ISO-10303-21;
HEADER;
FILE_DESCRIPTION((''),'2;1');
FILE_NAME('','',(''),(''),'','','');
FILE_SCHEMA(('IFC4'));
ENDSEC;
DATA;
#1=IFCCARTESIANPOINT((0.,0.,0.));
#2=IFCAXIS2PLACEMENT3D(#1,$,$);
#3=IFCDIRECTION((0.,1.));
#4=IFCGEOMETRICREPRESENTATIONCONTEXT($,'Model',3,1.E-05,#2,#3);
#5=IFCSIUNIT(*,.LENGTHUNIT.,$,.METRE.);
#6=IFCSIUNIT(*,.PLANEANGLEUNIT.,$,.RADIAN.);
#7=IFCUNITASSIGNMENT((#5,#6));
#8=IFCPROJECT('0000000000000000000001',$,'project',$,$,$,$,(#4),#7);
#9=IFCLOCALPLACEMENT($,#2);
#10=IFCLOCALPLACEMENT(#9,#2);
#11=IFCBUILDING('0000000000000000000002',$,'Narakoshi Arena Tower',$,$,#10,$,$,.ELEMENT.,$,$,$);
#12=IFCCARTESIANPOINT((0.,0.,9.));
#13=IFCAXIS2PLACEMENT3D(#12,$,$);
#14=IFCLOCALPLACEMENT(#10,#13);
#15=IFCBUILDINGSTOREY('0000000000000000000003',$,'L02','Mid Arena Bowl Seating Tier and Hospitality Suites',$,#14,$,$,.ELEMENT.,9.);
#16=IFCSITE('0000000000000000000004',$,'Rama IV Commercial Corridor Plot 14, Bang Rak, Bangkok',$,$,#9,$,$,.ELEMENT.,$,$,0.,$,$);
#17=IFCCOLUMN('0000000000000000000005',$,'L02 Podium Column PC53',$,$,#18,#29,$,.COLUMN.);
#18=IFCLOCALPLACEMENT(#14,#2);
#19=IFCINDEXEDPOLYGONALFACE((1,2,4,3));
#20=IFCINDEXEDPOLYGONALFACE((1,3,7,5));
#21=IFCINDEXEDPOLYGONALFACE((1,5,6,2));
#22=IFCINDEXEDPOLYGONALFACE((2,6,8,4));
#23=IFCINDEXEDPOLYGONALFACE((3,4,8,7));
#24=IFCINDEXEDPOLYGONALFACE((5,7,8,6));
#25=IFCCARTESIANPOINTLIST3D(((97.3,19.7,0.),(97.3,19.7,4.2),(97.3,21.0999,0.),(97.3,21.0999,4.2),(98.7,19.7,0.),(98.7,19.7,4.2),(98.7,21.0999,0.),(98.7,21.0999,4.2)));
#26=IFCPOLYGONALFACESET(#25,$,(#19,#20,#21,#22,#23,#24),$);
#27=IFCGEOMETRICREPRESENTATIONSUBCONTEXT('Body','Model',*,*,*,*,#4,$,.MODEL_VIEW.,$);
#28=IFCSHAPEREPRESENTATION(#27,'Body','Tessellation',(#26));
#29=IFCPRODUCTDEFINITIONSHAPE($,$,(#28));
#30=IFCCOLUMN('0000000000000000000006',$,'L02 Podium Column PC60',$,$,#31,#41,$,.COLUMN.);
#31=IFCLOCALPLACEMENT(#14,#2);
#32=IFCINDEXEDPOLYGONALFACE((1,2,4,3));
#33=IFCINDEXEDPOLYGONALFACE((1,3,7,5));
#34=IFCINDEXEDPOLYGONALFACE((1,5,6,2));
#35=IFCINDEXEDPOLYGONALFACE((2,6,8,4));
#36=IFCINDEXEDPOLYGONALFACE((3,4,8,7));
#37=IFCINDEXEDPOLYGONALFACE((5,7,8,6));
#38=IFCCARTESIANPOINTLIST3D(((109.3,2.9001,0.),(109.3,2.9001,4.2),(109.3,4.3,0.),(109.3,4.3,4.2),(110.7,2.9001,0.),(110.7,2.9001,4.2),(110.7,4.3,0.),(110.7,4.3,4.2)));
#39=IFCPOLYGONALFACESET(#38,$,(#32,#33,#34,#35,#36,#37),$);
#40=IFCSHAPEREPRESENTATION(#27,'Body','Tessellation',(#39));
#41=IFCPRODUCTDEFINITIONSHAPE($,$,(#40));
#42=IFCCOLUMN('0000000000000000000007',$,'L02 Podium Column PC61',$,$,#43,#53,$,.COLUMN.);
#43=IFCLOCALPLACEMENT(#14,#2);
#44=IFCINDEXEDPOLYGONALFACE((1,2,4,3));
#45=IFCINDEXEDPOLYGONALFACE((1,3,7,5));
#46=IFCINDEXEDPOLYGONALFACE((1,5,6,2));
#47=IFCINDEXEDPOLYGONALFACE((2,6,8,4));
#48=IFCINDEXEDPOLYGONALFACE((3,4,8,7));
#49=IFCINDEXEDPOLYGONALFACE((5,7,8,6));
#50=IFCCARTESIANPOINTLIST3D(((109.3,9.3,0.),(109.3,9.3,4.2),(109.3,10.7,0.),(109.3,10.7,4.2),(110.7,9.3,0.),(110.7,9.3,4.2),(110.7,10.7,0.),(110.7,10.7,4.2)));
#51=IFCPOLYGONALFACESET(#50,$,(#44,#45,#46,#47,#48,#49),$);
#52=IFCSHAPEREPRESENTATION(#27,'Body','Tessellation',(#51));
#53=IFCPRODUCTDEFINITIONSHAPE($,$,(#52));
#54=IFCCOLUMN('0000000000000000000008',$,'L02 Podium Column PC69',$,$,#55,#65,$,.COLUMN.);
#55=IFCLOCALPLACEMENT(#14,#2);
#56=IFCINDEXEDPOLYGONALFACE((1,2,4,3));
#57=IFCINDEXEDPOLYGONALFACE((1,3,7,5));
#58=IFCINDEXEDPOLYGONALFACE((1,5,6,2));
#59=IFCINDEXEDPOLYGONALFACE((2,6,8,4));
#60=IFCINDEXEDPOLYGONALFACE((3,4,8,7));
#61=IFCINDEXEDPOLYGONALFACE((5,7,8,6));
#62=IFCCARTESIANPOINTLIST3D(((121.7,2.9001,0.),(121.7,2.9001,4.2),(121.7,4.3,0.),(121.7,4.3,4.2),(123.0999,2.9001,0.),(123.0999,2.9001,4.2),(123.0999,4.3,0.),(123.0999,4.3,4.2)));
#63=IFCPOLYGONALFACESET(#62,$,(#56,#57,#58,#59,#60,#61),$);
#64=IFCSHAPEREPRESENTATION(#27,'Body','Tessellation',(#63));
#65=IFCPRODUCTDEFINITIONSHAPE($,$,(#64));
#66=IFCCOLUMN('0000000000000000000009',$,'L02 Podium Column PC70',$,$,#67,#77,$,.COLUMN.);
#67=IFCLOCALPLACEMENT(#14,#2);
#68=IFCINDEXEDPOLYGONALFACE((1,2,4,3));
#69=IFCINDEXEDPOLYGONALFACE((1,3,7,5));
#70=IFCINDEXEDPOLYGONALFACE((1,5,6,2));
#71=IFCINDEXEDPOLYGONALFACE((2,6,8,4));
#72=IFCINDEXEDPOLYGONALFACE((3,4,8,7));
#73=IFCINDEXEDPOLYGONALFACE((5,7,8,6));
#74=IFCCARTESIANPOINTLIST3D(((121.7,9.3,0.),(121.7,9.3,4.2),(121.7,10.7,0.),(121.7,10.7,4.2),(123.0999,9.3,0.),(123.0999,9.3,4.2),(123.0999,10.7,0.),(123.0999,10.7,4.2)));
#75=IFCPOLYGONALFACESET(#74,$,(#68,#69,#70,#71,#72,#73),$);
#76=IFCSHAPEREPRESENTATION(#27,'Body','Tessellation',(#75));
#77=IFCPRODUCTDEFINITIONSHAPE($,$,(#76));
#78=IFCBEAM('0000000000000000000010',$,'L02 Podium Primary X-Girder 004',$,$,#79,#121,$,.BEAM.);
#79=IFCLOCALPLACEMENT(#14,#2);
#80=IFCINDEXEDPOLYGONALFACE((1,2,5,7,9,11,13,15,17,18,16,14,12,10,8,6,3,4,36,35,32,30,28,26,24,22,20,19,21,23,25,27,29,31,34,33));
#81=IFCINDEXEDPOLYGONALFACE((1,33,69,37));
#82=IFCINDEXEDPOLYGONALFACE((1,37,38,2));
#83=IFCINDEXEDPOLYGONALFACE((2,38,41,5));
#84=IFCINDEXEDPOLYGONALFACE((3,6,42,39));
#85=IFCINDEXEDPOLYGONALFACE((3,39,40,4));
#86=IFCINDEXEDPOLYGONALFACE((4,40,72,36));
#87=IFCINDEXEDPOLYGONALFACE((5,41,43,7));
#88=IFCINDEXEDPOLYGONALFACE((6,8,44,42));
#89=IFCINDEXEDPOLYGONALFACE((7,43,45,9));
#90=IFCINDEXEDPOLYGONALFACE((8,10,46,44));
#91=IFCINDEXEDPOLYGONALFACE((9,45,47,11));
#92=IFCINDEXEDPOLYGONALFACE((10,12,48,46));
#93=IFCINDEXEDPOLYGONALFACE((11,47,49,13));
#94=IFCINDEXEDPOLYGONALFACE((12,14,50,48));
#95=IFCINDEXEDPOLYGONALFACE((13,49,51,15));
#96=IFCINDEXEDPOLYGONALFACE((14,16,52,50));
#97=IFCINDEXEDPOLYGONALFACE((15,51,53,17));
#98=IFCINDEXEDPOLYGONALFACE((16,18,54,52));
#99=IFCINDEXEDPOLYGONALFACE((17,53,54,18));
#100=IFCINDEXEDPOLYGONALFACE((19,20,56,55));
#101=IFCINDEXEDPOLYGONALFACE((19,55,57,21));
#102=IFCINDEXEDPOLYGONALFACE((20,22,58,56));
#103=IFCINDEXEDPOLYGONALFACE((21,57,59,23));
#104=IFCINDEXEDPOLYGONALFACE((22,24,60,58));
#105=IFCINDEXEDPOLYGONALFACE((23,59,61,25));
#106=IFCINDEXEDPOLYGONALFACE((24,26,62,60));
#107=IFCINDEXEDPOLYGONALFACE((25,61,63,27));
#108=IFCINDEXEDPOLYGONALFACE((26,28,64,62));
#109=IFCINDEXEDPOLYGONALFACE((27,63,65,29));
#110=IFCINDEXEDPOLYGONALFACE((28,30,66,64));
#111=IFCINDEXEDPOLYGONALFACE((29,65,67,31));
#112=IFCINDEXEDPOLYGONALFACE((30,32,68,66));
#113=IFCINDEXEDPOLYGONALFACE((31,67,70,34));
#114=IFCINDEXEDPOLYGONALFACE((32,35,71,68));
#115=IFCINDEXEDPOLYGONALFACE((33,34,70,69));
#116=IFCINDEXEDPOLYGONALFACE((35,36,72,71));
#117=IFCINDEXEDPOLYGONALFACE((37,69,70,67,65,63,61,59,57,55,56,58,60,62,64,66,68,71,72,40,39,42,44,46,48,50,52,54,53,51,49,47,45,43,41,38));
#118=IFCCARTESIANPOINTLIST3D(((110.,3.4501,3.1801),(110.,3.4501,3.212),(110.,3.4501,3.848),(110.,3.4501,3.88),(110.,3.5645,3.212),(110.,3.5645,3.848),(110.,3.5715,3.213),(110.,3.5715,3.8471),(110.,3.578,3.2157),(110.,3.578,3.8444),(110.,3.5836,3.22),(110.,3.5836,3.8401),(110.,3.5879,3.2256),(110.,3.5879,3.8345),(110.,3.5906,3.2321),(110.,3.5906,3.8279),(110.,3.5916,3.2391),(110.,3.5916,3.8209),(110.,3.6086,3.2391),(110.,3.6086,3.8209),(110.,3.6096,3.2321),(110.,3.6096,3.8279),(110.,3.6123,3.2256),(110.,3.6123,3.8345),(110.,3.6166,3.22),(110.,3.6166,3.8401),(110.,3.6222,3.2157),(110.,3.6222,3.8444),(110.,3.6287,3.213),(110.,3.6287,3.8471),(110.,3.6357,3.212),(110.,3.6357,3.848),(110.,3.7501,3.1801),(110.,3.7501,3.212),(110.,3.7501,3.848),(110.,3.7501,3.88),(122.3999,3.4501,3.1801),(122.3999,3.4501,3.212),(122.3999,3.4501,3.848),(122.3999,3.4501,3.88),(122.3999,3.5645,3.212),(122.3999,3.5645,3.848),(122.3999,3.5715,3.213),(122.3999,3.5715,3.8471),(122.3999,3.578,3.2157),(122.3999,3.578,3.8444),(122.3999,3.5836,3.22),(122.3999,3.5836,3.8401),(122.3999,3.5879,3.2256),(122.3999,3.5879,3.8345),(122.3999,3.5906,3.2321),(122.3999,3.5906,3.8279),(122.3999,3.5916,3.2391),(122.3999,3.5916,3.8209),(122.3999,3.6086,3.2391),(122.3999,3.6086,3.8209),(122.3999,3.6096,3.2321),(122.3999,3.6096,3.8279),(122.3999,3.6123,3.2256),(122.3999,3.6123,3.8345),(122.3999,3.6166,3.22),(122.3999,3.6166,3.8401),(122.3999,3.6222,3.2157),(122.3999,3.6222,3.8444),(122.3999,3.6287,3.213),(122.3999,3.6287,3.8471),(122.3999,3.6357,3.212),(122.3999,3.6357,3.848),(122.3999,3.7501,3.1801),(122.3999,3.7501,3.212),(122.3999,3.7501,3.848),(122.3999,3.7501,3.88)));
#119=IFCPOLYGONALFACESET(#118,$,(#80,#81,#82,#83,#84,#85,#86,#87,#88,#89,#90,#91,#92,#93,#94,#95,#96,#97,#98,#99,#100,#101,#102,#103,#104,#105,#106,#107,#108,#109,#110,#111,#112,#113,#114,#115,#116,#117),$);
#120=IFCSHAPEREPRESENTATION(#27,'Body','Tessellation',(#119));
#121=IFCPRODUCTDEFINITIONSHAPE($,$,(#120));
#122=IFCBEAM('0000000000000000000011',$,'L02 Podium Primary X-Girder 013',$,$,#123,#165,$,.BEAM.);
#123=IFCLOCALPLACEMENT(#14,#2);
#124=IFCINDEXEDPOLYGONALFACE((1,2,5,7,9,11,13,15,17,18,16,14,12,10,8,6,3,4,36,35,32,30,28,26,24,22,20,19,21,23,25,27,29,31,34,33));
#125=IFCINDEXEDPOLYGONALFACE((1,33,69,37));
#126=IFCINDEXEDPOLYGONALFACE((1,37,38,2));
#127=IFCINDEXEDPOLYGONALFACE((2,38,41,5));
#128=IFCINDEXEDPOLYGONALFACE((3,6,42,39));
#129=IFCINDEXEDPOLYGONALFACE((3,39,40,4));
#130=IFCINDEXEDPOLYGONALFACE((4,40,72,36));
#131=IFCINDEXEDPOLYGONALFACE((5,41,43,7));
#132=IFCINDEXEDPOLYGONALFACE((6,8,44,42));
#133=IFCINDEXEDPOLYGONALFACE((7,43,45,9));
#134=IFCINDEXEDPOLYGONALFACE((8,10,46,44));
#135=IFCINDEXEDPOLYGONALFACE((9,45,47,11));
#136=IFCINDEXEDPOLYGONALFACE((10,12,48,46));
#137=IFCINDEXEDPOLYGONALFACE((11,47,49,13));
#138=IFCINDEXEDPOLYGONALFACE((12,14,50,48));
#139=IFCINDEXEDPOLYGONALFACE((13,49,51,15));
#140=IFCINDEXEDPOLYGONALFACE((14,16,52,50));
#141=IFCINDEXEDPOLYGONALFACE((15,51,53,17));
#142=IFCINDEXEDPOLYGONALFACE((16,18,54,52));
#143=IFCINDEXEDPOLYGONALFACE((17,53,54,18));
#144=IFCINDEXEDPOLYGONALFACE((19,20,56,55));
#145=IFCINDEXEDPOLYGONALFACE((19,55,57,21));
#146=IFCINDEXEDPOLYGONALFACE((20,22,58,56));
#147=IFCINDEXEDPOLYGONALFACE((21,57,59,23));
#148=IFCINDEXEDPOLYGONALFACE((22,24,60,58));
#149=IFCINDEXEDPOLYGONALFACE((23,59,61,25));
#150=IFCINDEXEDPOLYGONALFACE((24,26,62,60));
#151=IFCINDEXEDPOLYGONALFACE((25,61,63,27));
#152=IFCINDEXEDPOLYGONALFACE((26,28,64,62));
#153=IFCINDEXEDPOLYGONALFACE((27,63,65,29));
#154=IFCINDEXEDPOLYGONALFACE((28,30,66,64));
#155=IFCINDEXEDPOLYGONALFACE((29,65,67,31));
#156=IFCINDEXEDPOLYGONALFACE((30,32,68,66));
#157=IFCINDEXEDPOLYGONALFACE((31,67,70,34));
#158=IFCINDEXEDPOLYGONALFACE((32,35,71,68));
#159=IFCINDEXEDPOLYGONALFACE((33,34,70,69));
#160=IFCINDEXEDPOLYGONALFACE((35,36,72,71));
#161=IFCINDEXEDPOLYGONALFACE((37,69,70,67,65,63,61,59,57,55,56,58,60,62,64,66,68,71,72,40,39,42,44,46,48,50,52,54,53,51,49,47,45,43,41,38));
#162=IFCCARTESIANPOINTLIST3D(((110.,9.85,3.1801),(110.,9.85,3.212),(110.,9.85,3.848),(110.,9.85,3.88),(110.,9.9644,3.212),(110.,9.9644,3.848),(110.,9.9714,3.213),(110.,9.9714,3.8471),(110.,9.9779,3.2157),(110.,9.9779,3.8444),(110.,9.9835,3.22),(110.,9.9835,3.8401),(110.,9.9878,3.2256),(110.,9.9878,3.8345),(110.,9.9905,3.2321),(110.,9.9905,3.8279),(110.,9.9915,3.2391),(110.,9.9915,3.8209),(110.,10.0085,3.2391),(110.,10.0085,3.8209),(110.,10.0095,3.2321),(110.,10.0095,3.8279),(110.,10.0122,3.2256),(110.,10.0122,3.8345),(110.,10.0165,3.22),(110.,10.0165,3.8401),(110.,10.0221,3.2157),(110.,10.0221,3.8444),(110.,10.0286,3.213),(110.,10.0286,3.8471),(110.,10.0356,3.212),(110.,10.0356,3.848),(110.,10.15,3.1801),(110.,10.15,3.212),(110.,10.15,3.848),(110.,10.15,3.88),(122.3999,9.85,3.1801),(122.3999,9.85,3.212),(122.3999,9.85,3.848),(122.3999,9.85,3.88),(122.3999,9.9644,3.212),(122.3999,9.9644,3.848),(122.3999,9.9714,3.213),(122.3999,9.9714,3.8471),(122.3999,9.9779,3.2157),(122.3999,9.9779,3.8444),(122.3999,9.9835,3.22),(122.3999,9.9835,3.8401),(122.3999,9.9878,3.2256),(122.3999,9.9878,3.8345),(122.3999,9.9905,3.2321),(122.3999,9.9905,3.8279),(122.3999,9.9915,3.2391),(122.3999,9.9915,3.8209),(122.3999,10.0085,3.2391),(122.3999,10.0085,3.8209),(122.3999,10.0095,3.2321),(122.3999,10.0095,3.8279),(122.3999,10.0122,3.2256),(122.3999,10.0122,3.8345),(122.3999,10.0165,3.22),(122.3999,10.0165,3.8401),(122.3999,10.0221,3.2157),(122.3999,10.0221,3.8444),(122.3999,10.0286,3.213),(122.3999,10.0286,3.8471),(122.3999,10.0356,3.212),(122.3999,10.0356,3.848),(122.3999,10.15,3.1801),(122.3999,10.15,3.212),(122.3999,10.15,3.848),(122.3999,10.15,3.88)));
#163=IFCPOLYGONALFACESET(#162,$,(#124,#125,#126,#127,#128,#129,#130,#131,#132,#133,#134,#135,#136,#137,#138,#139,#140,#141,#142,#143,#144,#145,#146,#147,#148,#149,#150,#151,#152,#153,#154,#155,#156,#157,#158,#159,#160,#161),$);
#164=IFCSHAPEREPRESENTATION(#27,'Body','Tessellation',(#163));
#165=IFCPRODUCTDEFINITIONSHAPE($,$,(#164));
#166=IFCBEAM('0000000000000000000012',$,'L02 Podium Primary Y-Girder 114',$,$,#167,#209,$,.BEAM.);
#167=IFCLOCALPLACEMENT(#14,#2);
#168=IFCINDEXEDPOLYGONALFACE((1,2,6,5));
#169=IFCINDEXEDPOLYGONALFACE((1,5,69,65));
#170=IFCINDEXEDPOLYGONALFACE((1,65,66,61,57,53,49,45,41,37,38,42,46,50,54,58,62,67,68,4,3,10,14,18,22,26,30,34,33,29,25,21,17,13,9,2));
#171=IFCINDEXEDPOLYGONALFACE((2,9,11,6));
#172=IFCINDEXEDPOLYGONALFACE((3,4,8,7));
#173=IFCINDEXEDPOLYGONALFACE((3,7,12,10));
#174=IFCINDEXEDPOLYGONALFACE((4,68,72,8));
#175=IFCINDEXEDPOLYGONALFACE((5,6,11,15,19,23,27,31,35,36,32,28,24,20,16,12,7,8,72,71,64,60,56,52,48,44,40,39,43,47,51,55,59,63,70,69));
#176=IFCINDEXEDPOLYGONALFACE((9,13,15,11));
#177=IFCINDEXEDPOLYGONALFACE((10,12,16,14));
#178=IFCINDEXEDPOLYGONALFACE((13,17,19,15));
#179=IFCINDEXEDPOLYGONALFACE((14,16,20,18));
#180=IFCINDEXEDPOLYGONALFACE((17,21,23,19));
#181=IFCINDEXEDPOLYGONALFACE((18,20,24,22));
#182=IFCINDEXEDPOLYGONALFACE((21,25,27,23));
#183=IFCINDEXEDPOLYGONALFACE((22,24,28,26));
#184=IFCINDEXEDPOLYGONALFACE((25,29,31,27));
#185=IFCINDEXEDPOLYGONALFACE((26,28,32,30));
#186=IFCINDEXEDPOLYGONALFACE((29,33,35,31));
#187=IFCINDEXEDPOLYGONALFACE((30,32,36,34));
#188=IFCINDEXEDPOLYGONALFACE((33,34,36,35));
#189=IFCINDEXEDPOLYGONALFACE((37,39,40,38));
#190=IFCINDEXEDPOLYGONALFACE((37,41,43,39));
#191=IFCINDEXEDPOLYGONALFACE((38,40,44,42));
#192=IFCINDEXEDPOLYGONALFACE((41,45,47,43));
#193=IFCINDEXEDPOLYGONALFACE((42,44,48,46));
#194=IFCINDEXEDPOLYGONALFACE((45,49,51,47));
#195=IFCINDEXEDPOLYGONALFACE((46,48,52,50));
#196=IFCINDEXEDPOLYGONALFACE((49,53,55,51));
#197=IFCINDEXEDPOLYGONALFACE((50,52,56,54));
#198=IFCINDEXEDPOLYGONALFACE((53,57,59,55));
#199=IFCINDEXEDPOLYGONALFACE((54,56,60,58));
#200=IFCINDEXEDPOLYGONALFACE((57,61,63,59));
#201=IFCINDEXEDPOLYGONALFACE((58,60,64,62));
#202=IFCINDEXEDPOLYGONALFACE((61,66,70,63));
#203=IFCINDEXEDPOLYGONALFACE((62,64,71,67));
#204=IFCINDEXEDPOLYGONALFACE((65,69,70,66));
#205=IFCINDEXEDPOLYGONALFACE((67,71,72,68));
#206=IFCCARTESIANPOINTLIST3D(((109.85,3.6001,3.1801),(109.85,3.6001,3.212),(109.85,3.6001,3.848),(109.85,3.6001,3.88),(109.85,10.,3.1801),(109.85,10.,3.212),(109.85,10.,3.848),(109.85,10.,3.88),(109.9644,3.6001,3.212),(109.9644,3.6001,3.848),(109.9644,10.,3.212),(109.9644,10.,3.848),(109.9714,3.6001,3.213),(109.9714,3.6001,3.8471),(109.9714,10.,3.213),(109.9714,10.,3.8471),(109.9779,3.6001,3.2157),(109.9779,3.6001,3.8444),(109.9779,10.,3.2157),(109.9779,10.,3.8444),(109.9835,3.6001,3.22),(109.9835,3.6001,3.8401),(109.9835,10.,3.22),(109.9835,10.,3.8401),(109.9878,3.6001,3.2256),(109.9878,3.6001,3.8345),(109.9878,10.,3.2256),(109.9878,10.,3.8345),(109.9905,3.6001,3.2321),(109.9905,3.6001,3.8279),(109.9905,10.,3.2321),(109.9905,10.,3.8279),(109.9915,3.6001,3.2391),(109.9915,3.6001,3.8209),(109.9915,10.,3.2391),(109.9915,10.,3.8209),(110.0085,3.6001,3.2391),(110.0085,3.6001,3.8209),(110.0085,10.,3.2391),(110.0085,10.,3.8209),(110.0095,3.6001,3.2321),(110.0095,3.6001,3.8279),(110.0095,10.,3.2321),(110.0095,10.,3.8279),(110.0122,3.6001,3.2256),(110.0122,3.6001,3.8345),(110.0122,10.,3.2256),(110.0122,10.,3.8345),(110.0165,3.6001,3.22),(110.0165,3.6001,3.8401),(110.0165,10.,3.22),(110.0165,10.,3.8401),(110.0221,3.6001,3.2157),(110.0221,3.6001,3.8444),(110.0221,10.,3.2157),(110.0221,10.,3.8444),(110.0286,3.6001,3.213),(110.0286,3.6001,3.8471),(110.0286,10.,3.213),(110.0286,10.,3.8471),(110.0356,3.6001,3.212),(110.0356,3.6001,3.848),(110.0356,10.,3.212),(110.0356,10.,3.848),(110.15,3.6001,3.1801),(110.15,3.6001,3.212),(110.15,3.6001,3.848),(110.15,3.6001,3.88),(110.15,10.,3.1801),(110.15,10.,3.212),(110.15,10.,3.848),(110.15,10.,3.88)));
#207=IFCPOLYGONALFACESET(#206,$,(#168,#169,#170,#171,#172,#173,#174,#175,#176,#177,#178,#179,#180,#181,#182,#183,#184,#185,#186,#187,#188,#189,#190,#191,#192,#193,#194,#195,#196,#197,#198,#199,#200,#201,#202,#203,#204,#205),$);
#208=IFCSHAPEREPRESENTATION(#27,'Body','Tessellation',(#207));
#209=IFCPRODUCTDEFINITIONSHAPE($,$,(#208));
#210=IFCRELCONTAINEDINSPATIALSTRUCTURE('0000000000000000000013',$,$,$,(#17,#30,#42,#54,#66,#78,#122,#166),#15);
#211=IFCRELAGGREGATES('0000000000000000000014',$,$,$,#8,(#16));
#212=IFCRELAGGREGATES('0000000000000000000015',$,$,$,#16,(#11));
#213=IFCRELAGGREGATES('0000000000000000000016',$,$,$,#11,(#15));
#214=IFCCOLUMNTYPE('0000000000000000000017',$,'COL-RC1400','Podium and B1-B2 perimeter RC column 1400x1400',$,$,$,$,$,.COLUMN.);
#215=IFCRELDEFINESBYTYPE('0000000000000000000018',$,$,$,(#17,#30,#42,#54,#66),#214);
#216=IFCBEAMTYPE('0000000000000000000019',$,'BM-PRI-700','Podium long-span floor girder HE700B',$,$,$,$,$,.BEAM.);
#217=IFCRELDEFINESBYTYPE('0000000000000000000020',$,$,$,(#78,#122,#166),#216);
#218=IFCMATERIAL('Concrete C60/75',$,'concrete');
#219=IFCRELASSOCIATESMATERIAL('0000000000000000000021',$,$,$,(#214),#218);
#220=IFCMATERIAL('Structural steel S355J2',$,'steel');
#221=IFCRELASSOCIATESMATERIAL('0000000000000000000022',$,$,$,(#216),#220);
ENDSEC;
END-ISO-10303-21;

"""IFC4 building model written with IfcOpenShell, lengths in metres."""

from ifc_helpers import new_model, si_unit, direction, frame, origin, origin_2d, place, context, subcontext, project, spatial, rectangle, i_section, extrude, material, material_profile, profile_set, type_object, element, save


model = new_model("IFC4")

# Units and contexts
model_context = context("Model", 3, precision=1e-05, world=origin(), true_north=direction((0.0, 1.0)))
body_context = subcontext(model_context, "Body", "Model", "MODEL_VIEW")
ifc_project = project(units=[si_unit("LENGTHUNIT", "METRE"), si_unit("PLANEANGLEUNIT", "RADIAN")], contexts=[model_context])

# Site, building, storey
site_placement = place(None, origin())
site = spatial("IfcSite", under=ifc_project, at=site_placement, Name="Rama IV Commercial Corridor Plot 14, Bang Rak, Bangkok", CompositionType="ELEMENT", RefElevation=0.0)
building_placement = place(site_placement, origin())
building = spatial("IfcBuilding", under=site, at=building_placement, Name="Narakoshi Arena Tower", CompositionType="ELEMENT")
storey_placement = place(building_placement, frame((0.0, 0.0, 9.0)))
storey = spatial("IfcBuildingStorey", under=building, at=storey_placement, Name="L02", Description="Mid Arena Bowl Seating Tier and Hospitality Suites", CompositionType="ELEMENT", Elevation=9.0)

# Columns
ifc_material_1 = material(Name="Concrete C60/75", Category="concrete")
ifc_material_profile_1 = material_profile(ifc_material_1, rectangle(XDim=1.3999, YDim=1.3999, at=origin_2d()), Name="RC1400x1400")
ifc_profile_set_1 = profile_set([ifc_material_profile_1], Name="Concrete C60/75")
column_type = type_object("IfcColumnType", Name="COL-RC1400", Description="Podium and B1-B2 perimeter RC column 1400x1400", PredefinedType="COLUMN", material=ifc_profile_set_1)
for number, where, z_axis, x_axis, name in (
    (1, (98.0, 20.3999, 0.0), (0.0, 0.0, 1.0), (1.0, 0.0, 0.0), "L02 Podium Column PC53"),
    (2, (110.0, 3.6001, 0.0), (0.0, 0.0, 1.0), (1.0, 0.0, 0.0), "L02 Podium Column PC60"),
    (3, (110.0, 10.0, 0.0), (0.0, 0.0, 1.0), (1.0, 0.0, 0.0), "L02 Podium Column PC61"),
    (4, (122.3999, 3.6001, 0.0), (0.0, 0.0, 1.0), (1.0, 0.0, 0.0), "L02 Podium Column PC69"),
    (5, (122.3999, 10.0, 0.0), (0.0, 0.0, 1.0), (1.0, 0.0, 0.0), "L02 Podium Column PC70"),
):
    element("IfcColumn", number, at=place(storey_placement, frame(where, z_axis=z_axis, x_axis=x_axis)), inside=storey, type_object=column_type, Name=name, PredefinedType="COLUMN", context=body_context, shape_type="SweptSolid", body=[
        extrude(rectangle(XDim=1.3999, YDim=1.3999, at=origin_2d()), origin(), (0.0, 0.0, 1.0), 4.2),
    ])

# Beams
ifc_material_2 = material(Name="Structural steel S355J2", Category="steel")
ifc_material_profile_2 = material_profile(ifc_material_2, i_section(OverallWidth=0.3, OverallDepth=0.7, WebThickness=0.0171, FlangeThickness=0.032, FilletRadius=0.0271, at=origin_2d()), Name="HE700B")
ifc_profile_set_2 = profile_set([ifc_material_profile_2], Name="Structural steel S355J2")
beam_type_1 = type_object("IfcBeamType", Name="BM-PRI-700", Description="Podium long-span floor girder HE700B", PredefinedType="BEAM", material=ifc_profile_set_2)
for number, where, z_axis, x_axis, name in (
    (6, (110.0, 3.6001, 3.53), (1.0, 0.0, 0.0), (0.0, 1.0, 0.0), "L02 Podium Primary X-Girder 004"),
    (7, (110.0, 10.0, 3.53), (1.0, 0.0, 0.0), (0.0, 1.0, 0.0), "L02 Podium Primary X-Girder 013"),
):
    element("IfcBeam", number, at=place(storey_placement, frame(where, z_axis=z_axis, x_axis=x_axis)), inside=storey, type_object=beam_type_1, Name=name, PredefinedType="BEAM", context=body_context, shape_type="SweptSolid", body=[
        extrude(i_section(OverallWidth=0.3, OverallDepth=0.7, WebThickness=0.0171, FlangeThickness=0.032, FilletRadius=0.0271, at=origin_2d()), origin(), (0.0, 0.0, 1.0), 12.3999),
    ])
beam_1_placement = place(storey_placement, frame((110.0, 3.6001, 3.53), z_axis=(0.0, 1.0, 0.0), x_axis=(-1.0, 0.0, 0.0)))
element("IfcBeam", 8, at=beam_1_placement, inside=storey, type_object=beam_type_1, Name="L02 Podium Primary Y-Girder 114", PredefinedType="BEAM", context=body_context, shape_type="SweptSolid", body=[
    extrude(i_section(OverallWidth=0.3, OverallDepth=0.7, WebThickness=0.0171, FlangeThickness=0.032, FilletRadius=0.0271, at=origin_2d()), origin(), (0.0, 0.0, 1.0), 6.3999),
])

save(model, "model.ifc")
